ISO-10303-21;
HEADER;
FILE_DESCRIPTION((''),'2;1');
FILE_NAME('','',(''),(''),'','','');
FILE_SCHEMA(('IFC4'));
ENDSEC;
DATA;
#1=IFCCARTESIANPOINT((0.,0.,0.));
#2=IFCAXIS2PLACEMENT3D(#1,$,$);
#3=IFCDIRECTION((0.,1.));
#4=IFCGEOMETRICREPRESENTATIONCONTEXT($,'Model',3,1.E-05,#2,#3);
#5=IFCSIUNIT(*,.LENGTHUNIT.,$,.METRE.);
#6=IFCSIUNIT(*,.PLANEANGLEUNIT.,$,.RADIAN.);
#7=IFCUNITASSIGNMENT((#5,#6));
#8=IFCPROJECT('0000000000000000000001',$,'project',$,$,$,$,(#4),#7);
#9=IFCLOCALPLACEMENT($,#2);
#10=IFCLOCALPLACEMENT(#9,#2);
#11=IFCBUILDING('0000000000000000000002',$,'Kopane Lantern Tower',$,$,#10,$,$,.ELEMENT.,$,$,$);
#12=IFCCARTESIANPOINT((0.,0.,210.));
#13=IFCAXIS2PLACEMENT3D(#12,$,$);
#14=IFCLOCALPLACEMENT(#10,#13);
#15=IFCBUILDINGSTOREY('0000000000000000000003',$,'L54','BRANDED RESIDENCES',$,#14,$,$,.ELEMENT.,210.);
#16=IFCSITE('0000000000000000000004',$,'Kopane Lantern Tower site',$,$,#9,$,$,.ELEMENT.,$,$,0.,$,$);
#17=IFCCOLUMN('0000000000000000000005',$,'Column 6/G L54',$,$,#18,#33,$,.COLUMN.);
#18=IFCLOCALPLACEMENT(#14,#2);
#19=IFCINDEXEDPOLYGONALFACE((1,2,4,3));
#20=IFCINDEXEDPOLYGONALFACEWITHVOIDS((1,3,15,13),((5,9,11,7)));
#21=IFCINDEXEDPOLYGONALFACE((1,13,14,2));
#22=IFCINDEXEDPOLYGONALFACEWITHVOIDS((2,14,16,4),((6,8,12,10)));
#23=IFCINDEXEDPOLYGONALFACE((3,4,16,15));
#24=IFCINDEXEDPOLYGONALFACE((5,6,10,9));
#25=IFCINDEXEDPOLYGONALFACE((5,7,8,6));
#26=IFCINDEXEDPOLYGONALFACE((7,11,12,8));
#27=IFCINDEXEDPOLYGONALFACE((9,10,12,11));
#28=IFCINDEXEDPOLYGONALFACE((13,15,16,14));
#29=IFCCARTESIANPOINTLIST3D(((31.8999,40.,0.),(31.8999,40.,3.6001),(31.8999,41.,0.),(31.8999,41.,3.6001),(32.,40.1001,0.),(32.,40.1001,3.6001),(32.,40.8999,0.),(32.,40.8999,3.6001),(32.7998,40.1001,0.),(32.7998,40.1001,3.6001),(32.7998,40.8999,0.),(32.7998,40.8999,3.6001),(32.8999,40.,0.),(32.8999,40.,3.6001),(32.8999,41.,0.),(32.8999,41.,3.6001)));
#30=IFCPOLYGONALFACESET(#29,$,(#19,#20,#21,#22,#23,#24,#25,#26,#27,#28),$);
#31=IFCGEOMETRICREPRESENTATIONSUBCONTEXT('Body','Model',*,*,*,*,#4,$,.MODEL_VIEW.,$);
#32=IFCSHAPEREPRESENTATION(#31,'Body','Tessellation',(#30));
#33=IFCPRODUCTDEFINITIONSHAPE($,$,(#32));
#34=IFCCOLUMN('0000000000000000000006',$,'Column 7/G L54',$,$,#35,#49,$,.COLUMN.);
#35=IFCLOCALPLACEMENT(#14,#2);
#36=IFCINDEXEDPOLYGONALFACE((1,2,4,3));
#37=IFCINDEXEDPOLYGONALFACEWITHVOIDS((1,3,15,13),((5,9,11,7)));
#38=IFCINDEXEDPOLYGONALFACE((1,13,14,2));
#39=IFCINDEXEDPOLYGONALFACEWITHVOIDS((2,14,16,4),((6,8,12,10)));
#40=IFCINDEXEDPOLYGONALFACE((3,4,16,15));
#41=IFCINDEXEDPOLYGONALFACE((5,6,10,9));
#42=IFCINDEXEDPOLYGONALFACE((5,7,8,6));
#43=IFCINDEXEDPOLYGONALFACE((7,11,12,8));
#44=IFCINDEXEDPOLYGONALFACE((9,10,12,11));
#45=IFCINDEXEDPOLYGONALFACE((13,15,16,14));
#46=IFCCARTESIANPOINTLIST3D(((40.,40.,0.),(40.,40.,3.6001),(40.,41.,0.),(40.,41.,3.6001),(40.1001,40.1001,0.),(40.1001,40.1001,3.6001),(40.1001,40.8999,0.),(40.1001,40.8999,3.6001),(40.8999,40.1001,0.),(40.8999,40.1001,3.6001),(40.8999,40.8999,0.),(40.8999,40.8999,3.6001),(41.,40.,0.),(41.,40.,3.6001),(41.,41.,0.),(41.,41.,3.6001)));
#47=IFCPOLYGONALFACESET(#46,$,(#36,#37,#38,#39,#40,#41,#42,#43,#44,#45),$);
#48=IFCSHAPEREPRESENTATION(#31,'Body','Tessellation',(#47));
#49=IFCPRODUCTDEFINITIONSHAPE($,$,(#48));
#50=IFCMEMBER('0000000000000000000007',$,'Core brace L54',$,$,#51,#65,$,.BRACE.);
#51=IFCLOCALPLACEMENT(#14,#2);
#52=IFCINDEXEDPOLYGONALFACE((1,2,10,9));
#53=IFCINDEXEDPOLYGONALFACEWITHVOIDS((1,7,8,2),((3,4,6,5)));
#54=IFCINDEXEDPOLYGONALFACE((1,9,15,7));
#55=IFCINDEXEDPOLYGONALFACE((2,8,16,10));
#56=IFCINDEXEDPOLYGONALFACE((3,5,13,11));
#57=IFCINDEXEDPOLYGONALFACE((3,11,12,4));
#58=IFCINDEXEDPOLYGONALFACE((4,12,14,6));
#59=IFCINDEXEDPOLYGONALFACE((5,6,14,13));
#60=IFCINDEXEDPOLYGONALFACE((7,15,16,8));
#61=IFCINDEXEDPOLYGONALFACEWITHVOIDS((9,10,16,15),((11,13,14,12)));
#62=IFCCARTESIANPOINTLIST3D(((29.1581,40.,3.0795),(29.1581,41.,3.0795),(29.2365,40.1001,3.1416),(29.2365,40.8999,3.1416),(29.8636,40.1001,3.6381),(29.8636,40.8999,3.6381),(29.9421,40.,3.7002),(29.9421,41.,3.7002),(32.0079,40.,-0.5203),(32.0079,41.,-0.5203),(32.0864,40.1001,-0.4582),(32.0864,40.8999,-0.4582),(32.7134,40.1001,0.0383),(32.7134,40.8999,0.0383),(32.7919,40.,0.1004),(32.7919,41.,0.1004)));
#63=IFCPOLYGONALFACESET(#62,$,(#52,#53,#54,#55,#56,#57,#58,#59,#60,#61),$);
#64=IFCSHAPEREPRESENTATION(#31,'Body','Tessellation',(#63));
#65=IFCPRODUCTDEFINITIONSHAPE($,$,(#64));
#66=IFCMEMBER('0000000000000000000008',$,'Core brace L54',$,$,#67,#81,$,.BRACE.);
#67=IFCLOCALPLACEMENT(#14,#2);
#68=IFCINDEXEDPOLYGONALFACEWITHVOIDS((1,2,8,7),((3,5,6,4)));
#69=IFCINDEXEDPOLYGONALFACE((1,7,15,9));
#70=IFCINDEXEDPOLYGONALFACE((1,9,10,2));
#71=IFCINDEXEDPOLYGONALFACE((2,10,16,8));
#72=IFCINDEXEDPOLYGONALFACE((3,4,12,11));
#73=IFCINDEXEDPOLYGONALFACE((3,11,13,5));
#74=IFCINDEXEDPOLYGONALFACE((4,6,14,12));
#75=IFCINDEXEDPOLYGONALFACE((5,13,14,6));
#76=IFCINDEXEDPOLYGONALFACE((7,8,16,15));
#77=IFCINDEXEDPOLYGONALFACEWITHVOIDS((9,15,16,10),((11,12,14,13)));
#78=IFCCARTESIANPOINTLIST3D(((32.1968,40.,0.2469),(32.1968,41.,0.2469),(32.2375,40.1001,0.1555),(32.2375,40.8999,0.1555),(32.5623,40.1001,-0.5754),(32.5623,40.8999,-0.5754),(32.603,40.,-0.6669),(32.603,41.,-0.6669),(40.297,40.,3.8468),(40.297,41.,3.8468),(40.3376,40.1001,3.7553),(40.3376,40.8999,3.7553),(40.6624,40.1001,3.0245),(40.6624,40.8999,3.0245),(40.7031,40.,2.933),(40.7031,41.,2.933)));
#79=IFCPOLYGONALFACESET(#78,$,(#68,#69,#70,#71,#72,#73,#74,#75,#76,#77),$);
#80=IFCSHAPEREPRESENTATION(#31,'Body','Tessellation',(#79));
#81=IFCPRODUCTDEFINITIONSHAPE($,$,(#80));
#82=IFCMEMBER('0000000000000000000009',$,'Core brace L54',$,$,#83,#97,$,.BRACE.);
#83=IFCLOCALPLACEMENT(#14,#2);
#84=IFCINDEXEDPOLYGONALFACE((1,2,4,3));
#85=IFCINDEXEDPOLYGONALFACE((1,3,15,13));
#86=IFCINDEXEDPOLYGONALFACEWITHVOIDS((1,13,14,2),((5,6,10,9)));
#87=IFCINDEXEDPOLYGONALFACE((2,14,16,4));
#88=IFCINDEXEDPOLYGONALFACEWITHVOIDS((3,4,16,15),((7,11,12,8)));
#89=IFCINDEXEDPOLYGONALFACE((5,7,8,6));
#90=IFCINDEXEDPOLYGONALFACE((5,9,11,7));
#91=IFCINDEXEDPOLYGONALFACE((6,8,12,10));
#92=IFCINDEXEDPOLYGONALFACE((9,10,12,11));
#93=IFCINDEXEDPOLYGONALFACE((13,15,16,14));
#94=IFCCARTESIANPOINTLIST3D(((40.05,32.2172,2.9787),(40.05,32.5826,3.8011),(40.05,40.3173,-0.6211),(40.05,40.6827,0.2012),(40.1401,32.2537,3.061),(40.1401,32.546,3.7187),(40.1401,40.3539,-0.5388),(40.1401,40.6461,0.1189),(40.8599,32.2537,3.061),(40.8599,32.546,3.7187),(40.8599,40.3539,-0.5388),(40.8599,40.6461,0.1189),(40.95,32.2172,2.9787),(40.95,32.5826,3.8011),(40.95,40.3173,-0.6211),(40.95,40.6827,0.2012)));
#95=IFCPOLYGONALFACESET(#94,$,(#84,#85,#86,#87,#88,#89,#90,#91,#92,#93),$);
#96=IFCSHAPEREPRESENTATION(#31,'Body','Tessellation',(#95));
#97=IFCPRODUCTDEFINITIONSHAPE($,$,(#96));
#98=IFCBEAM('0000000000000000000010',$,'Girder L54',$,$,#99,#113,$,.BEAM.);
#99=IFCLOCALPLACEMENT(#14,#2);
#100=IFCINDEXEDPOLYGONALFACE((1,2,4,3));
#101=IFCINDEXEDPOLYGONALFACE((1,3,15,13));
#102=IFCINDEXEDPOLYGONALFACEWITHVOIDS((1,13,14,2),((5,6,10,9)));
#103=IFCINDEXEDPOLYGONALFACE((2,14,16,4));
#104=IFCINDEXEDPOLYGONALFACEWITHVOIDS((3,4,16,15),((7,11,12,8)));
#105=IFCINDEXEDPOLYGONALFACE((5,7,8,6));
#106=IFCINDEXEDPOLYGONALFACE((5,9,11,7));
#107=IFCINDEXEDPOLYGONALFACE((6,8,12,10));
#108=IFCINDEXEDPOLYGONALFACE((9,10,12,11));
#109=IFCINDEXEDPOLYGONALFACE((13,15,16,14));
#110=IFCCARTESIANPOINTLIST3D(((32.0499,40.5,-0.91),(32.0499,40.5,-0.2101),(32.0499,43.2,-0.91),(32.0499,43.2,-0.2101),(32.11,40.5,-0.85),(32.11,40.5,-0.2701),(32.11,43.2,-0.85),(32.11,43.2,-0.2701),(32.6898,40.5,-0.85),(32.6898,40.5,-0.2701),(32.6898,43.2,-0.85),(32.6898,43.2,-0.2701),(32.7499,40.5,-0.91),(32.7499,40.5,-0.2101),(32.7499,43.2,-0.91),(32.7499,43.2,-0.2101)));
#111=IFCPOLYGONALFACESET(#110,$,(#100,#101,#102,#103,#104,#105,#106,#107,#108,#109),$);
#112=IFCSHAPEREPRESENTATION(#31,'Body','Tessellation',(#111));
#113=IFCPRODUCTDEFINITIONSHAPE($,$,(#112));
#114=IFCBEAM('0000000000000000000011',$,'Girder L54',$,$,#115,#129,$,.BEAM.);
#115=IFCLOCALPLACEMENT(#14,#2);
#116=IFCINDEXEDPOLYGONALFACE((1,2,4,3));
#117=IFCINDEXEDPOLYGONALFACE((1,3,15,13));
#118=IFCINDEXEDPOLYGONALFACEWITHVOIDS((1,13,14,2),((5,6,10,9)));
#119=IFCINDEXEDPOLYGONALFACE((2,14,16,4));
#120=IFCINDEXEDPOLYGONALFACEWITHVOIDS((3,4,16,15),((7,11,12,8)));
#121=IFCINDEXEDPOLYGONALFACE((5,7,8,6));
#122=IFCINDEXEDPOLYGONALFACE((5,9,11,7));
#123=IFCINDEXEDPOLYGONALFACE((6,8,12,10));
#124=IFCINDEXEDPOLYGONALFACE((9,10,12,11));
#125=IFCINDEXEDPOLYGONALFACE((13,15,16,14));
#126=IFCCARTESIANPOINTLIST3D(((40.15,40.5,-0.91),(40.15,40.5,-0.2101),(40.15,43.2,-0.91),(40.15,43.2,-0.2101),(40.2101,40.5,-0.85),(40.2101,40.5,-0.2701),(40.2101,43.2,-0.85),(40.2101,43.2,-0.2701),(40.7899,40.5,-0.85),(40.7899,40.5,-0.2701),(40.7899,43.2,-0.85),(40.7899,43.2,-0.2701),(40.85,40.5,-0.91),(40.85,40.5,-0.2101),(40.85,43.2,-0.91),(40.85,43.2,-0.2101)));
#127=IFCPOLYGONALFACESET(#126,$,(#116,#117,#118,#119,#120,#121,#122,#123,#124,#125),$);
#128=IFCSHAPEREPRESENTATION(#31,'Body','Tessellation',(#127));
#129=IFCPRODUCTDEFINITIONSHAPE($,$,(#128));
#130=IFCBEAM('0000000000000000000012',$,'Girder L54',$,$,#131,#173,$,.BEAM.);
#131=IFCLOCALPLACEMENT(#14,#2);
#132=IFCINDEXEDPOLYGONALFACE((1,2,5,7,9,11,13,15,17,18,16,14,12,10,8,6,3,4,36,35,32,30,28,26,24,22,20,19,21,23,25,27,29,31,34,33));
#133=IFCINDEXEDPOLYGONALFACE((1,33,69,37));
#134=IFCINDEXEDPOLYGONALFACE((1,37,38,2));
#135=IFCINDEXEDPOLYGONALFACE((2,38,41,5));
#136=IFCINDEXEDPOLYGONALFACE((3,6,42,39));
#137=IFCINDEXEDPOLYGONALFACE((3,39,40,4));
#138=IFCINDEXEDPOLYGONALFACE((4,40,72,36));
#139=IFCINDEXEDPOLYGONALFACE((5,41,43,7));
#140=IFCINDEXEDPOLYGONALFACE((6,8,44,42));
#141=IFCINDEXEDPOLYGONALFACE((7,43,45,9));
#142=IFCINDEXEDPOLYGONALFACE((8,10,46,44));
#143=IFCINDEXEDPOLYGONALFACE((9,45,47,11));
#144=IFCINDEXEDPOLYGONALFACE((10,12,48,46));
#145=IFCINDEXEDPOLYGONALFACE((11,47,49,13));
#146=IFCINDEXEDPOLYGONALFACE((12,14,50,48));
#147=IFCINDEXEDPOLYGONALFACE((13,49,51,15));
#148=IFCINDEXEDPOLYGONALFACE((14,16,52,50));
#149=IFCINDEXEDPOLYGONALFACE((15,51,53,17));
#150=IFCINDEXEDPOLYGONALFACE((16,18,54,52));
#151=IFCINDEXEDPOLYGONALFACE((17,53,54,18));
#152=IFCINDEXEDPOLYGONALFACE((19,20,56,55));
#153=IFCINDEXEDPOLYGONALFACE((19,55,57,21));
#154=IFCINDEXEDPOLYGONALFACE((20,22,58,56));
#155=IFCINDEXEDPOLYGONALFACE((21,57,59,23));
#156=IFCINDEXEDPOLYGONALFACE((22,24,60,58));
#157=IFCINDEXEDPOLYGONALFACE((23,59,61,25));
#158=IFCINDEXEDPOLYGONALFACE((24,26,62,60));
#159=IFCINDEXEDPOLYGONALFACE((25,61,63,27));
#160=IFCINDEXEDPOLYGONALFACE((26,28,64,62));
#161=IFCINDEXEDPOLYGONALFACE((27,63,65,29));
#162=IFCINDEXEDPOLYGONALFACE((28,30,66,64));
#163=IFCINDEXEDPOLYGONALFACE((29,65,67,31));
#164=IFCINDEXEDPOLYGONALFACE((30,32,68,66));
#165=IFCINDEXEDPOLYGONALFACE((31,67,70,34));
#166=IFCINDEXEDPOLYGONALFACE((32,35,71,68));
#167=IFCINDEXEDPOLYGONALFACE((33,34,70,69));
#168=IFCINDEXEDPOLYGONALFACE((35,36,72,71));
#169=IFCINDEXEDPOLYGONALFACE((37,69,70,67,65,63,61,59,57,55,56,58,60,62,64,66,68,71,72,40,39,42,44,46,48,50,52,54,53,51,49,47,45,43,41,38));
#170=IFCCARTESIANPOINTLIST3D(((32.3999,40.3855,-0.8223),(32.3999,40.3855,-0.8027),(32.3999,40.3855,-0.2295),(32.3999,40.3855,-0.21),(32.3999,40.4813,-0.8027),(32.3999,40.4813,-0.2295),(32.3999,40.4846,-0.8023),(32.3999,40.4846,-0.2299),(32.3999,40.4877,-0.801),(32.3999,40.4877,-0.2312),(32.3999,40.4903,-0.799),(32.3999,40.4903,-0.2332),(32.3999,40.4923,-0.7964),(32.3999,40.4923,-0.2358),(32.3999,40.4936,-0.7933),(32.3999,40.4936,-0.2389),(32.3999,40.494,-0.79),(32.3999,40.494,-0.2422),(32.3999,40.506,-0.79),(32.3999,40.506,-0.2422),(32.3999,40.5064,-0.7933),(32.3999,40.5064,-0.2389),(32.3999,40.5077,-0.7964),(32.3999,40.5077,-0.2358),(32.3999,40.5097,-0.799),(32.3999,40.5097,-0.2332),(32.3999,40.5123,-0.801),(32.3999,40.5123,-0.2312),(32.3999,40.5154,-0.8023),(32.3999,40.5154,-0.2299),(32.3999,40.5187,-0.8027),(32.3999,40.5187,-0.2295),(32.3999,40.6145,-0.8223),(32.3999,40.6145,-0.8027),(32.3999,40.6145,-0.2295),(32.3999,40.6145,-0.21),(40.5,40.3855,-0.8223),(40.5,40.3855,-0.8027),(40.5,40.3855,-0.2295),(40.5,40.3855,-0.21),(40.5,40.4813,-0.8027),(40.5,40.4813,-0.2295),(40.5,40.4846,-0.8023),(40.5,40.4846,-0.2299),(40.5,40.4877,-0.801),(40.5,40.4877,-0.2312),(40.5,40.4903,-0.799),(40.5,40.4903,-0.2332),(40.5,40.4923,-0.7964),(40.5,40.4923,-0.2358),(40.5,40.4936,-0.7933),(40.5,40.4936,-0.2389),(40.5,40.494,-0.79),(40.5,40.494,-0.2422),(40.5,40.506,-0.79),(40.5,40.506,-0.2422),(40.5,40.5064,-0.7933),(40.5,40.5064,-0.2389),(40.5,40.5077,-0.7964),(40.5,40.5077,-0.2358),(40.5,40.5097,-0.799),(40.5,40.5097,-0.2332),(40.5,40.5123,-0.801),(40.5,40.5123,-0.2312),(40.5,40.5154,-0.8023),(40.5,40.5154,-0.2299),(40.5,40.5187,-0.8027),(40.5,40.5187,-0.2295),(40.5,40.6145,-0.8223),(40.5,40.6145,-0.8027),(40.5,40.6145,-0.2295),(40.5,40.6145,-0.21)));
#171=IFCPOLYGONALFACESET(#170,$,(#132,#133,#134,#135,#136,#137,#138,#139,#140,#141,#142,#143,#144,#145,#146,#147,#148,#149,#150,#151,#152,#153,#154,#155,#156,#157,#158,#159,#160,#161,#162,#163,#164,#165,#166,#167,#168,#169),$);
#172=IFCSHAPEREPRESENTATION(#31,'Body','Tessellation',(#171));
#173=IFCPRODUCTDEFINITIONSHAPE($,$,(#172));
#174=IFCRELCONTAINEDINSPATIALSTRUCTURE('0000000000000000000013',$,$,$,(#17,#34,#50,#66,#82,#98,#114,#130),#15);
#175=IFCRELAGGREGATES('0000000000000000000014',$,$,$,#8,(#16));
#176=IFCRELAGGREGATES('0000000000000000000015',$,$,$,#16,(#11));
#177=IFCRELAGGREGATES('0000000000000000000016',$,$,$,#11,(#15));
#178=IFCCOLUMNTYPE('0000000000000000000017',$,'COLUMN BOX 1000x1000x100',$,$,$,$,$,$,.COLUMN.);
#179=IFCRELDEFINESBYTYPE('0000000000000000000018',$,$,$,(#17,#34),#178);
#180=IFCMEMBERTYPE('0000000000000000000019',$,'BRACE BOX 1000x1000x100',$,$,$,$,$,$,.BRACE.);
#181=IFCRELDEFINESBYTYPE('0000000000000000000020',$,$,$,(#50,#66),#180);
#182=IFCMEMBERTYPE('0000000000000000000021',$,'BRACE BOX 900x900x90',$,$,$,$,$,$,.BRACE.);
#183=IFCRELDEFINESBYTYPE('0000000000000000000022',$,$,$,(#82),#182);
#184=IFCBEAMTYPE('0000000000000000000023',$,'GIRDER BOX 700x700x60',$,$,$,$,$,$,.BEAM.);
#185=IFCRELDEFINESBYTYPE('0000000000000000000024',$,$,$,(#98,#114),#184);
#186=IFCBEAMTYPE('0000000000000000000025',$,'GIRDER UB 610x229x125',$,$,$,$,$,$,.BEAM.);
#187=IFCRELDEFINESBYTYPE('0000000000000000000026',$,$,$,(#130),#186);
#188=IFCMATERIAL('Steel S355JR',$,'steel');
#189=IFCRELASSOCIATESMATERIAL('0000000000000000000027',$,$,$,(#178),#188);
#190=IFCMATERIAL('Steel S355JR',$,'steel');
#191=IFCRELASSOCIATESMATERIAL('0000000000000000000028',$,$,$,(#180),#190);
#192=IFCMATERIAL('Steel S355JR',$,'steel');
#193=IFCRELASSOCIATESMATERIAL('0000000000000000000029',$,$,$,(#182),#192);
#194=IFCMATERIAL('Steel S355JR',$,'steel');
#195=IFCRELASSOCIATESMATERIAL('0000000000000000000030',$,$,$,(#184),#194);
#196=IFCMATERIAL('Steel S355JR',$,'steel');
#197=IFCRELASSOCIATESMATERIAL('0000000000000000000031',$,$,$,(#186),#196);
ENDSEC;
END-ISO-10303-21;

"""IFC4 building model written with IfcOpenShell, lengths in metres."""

from ifc_helpers import new_model, si_unit, direction, frame, origin, origin_2d, place, context, subcontext, project, spatial, hollow_rectangle, i_section, extrude, material, material_profile, profile_set, type_object, element, save


model = new_model("IFC4")

# Units and contexts
model_context = context("Model", 3, precision=1e-05, world=origin(), true_north=direction((0.0, 1.0)))
body_context = subcontext(model_context, "Body", "Model", "MODEL_VIEW")
ifc_project = project(units=[si_unit("LENGTHUNIT", "METRE"), si_unit("PLANEANGLEUNIT", "RADIAN")], contexts=[model_context])

# Site, building, storey
site_placement = place(None, origin())
site = spatial("IfcSite", under=ifc_project, at=site_placement, Name="Kopane Lantern Tower site", CompositionType="ELEMENT", RefElevation=0.0)
building_placement = place(site_placement, origin())
building = spatial("IfcBuilding", under=site, at=building_placement, Name="Kopane Lantern Tower", CompositionType="ELEMENT")
storey_placement = place(building_placement, frame((0.0, 0.0, 210.0)))
storey = spatial("IfcBuildingStorey", under=building, at=storey_placement, Name="L54", Description="BRANDED RESIDENCES", CompositionType="ELEMENT", Elevation=210.0)

# Columns
ifc_material_1 = material(Name="Steel S355JR", Category="steel")
ifc_material_profile_1 = material_profile(ifc_material_1, hollow_rectangle(XDim=1.0, YDim=1.0, WallThickness=0.1001, at=origin_2d()), Name="BOX 1000x1000x100")
ifc_profile_set_1 = profile_set([ifc_material_profile_1], Name="Steel S355JR")
column_type = type_object("IfcColumnType", Name="COLUMN BOX 1000x1000x100", PredefinedType="COLUMN", material=ifc_profile_set_1)
for number, where, z_axis, x_axis, name in (
    (1, (32.3999, 40.5, 0.0), (0.0, 0.0, 1.0), (1.0, 0.0, 0.0), "Column 6/G L54"),
    (2, (40.5, 40.5, 0.0), (0.0, 0.0, 1.0), (1.0, 0.0, 0.0), "Column 7/G L54"),
):
    element("IfcColumn", number, at=place(storey_placement, frame(where, z_axis=z_axis, x_axis=x_axis)), inside=storey, type_object=column_type, Name=name, PredefinedType="COLUMN", context=body_context, shape_type="SweptSolid", body=[
        extrude(hollow_rectangle(XDim=1.0, YDim=1.0, WallThickness=0.1001, at=origin_2d()), origin(), (0.0, 0.0, 1.0), 3.6001),
    ])

# Members
ifc_material_2 = material(Name="Steel S355JR", Category="steel")
ifc_material_profile_2 = material_profile(ifc_material_2, hollow_rectangle(XDim=1.0, YDim=1.0, WallThickness=0.1001, at=origin_2d()), Name="BOX 1000x1000x100")
ifc_profile_set_2 = profile_set([ifc_material_profile_2], Name="Steel S355JR")
member_type_1 = type_object("IfcMemberType", Name="BRACE BOX 1000x1000x100", PredefinedType="BRACE", material=ifc_profile_set_2)
member_1_placement = place(storey_placement, frame((32.3999, 40.5, -0.21), z_axis=(-0.620699, 0.0, 0.784049), x_axis=(0.0, -1.0, 0.0)))
element("IfcMember", 3, at=member_1_placement, inside=storey, type_object=member_type_1, Name="Core brace L54", PredefinedType="BRACE", context=body_context, shape_type="SweptSolid", body=[
    extrude(hollow_rectangle(XDim=1.0, YDim=1.0, WallThickness=0.1001, at=origin_2d()), origin(), (0.0, 0.0, 1.0), 4.5913),
])
member_2_placement = place(storey_placement, frame((32.3999, 40.5, -0.21), z_axis=(0.913819, 0.0, 0.406121), x_axis=(0.0, 1.0, 0.0)))
element("IfcMember", 4, at=member_2_placement, inside=storey, type_object=member_type_1, Name="Core brace L54", PredefinedType="BRACE", context=body_context, shape_type="SweptSolid", body=[
    extrude(hollow_rectangle(XDim=1.0, YDim=1.0, WallThickness=0.1001, at=origin_2d()), origin(), (0.0, 0.0, 1.0), 8.864),
])
ifc_material_3 = material(Name="Steel S355JR", Category="steel")
ifc_material_profile_3 = material_profile(ifc_material_3, hollow_rectangle(XDim=0.8999, YDim=0.8999, WallThickness=0.0901, at=origin_2d()), Name="BOX 900x900x90")
ifc_profile_set_3 = profile_set([ifc_material_profile_3], Name="Steel S355JR")
member_type_2 = type_object("IfcMemberType", Name="BRACE BOX 900x900x90", PredefinedType="BRACE", material=ifc_profile_set_3)
member_3_placement = place(storey_placement, frame((40.5, 40.5, -0.21), z_axis=(0.0, -0.913819, 0.406121), x_axis=(1.0, 0.0, 0.0)))
element("IfcMember", 5, at=member_3_placement, inside=storey, type_object=member_type_2, Name="Core brace L54", PredefinedType="BRACE", context=body_context, shape_type="SweptSolid", body=[
    extrude(hollow_rectangle(XDim=0.8999, YDim=0.8999, WallThickness=0.0901, at=origin_2d()), origin(), (0.0, 0.0, 1.0), 8.864),
])

# Beams
ifc_material_4 = material(Name="Steel S355JR", Category="steel")
ifc_material_profile_4 = material_profile(ifc_material_4, hollow_rectangle(XDim=0.7, YDim=0.7, WallThickness=0.0601, at=origin_2d()), Name="BOX 700x700x60")
ifc_profile_set_4 = profile_set([ifc_material_profile_4], Name="Steel S355JR")
beam_type_1 = type_object("IfcBeamType", Name="GIRDER BOX 700x700x60", PredefinedType="BEAM", material=ifc_profile_set_4)
for number, where, z_axis, x_axis, name in (
    (6, (32.3999, 40.5, -0.5601), (0.0, 1.0, 0.0), (-1.0, 0.0, 0.0), "Girder L54"),
    (7, (40.5, 40.5, -0.5601), (0.0, 1.0, 0.0), (-1.0, 0.0, 0.0), "Girder L54"),
):
    element("IfcBeam", number, at=place(storey_placement, frame(where, z_axis=z_axis, x_axis=x_axis)), inside=storey, type_object=beam_type_1, Name=name, PredefinedType="BEAM", context=body_context, shape_type="SweptSolid", body=[
        extrude(hollow_rectangle(XDim=0.7, YDim=0.7, WallThickness=0.0601, at=origin_2d()), origin(), (0.0, 0.0, 1.0), 2.7),
    ])
ifc_material_5 = material(Name="Steel S355JR", Category="steel")
ifc_material_profile_5 = material_profile(ifc_material_5, i_section(OverallWidth=0.229, OverallDepth=0.6123, WebThickness=0.012, FlangeThickness=0.0195, FilletRadius=0.0127, at=origin_2d()), Name="UB 610x229x125")
ifc_profile_set_5 = profile_set([ifc_material_profile_5], Name="Steel S355JR")
beam_type_2 = type_object("IfcBeamType", Name="GIRDER UB 610x229x125", PredefinedType="BEAM", material=ifc_profile_set_5)
for number, where, z_axis, x_axis, name in (
    (8, (32.3999, 40.5, -0.5161), (1.0, 0.0, 0.0), (0.0, 1.0, 0.0), "Girder L54"),
):
    element("IfcBeam", number, at=place(storey_placement, frame(where, z_axis=z_axis, x_axis=x_axis)), inside=storey, type_object=beam_type_2, Name=name, PredefinedType="BEAM", context=body_context, shape_type="SweptSolid", body=[
        extrude(i_section(OverallWidth=0.229, OverallDepth=0.6123, WebThickness=0.012, FlangeThickness=0.0195, FilletRadius=0.0127, at=origin_2d()), origin(), (0.0, 0.0, 1.0), 8.1001),
    ])

save(model, "model.ifc")
